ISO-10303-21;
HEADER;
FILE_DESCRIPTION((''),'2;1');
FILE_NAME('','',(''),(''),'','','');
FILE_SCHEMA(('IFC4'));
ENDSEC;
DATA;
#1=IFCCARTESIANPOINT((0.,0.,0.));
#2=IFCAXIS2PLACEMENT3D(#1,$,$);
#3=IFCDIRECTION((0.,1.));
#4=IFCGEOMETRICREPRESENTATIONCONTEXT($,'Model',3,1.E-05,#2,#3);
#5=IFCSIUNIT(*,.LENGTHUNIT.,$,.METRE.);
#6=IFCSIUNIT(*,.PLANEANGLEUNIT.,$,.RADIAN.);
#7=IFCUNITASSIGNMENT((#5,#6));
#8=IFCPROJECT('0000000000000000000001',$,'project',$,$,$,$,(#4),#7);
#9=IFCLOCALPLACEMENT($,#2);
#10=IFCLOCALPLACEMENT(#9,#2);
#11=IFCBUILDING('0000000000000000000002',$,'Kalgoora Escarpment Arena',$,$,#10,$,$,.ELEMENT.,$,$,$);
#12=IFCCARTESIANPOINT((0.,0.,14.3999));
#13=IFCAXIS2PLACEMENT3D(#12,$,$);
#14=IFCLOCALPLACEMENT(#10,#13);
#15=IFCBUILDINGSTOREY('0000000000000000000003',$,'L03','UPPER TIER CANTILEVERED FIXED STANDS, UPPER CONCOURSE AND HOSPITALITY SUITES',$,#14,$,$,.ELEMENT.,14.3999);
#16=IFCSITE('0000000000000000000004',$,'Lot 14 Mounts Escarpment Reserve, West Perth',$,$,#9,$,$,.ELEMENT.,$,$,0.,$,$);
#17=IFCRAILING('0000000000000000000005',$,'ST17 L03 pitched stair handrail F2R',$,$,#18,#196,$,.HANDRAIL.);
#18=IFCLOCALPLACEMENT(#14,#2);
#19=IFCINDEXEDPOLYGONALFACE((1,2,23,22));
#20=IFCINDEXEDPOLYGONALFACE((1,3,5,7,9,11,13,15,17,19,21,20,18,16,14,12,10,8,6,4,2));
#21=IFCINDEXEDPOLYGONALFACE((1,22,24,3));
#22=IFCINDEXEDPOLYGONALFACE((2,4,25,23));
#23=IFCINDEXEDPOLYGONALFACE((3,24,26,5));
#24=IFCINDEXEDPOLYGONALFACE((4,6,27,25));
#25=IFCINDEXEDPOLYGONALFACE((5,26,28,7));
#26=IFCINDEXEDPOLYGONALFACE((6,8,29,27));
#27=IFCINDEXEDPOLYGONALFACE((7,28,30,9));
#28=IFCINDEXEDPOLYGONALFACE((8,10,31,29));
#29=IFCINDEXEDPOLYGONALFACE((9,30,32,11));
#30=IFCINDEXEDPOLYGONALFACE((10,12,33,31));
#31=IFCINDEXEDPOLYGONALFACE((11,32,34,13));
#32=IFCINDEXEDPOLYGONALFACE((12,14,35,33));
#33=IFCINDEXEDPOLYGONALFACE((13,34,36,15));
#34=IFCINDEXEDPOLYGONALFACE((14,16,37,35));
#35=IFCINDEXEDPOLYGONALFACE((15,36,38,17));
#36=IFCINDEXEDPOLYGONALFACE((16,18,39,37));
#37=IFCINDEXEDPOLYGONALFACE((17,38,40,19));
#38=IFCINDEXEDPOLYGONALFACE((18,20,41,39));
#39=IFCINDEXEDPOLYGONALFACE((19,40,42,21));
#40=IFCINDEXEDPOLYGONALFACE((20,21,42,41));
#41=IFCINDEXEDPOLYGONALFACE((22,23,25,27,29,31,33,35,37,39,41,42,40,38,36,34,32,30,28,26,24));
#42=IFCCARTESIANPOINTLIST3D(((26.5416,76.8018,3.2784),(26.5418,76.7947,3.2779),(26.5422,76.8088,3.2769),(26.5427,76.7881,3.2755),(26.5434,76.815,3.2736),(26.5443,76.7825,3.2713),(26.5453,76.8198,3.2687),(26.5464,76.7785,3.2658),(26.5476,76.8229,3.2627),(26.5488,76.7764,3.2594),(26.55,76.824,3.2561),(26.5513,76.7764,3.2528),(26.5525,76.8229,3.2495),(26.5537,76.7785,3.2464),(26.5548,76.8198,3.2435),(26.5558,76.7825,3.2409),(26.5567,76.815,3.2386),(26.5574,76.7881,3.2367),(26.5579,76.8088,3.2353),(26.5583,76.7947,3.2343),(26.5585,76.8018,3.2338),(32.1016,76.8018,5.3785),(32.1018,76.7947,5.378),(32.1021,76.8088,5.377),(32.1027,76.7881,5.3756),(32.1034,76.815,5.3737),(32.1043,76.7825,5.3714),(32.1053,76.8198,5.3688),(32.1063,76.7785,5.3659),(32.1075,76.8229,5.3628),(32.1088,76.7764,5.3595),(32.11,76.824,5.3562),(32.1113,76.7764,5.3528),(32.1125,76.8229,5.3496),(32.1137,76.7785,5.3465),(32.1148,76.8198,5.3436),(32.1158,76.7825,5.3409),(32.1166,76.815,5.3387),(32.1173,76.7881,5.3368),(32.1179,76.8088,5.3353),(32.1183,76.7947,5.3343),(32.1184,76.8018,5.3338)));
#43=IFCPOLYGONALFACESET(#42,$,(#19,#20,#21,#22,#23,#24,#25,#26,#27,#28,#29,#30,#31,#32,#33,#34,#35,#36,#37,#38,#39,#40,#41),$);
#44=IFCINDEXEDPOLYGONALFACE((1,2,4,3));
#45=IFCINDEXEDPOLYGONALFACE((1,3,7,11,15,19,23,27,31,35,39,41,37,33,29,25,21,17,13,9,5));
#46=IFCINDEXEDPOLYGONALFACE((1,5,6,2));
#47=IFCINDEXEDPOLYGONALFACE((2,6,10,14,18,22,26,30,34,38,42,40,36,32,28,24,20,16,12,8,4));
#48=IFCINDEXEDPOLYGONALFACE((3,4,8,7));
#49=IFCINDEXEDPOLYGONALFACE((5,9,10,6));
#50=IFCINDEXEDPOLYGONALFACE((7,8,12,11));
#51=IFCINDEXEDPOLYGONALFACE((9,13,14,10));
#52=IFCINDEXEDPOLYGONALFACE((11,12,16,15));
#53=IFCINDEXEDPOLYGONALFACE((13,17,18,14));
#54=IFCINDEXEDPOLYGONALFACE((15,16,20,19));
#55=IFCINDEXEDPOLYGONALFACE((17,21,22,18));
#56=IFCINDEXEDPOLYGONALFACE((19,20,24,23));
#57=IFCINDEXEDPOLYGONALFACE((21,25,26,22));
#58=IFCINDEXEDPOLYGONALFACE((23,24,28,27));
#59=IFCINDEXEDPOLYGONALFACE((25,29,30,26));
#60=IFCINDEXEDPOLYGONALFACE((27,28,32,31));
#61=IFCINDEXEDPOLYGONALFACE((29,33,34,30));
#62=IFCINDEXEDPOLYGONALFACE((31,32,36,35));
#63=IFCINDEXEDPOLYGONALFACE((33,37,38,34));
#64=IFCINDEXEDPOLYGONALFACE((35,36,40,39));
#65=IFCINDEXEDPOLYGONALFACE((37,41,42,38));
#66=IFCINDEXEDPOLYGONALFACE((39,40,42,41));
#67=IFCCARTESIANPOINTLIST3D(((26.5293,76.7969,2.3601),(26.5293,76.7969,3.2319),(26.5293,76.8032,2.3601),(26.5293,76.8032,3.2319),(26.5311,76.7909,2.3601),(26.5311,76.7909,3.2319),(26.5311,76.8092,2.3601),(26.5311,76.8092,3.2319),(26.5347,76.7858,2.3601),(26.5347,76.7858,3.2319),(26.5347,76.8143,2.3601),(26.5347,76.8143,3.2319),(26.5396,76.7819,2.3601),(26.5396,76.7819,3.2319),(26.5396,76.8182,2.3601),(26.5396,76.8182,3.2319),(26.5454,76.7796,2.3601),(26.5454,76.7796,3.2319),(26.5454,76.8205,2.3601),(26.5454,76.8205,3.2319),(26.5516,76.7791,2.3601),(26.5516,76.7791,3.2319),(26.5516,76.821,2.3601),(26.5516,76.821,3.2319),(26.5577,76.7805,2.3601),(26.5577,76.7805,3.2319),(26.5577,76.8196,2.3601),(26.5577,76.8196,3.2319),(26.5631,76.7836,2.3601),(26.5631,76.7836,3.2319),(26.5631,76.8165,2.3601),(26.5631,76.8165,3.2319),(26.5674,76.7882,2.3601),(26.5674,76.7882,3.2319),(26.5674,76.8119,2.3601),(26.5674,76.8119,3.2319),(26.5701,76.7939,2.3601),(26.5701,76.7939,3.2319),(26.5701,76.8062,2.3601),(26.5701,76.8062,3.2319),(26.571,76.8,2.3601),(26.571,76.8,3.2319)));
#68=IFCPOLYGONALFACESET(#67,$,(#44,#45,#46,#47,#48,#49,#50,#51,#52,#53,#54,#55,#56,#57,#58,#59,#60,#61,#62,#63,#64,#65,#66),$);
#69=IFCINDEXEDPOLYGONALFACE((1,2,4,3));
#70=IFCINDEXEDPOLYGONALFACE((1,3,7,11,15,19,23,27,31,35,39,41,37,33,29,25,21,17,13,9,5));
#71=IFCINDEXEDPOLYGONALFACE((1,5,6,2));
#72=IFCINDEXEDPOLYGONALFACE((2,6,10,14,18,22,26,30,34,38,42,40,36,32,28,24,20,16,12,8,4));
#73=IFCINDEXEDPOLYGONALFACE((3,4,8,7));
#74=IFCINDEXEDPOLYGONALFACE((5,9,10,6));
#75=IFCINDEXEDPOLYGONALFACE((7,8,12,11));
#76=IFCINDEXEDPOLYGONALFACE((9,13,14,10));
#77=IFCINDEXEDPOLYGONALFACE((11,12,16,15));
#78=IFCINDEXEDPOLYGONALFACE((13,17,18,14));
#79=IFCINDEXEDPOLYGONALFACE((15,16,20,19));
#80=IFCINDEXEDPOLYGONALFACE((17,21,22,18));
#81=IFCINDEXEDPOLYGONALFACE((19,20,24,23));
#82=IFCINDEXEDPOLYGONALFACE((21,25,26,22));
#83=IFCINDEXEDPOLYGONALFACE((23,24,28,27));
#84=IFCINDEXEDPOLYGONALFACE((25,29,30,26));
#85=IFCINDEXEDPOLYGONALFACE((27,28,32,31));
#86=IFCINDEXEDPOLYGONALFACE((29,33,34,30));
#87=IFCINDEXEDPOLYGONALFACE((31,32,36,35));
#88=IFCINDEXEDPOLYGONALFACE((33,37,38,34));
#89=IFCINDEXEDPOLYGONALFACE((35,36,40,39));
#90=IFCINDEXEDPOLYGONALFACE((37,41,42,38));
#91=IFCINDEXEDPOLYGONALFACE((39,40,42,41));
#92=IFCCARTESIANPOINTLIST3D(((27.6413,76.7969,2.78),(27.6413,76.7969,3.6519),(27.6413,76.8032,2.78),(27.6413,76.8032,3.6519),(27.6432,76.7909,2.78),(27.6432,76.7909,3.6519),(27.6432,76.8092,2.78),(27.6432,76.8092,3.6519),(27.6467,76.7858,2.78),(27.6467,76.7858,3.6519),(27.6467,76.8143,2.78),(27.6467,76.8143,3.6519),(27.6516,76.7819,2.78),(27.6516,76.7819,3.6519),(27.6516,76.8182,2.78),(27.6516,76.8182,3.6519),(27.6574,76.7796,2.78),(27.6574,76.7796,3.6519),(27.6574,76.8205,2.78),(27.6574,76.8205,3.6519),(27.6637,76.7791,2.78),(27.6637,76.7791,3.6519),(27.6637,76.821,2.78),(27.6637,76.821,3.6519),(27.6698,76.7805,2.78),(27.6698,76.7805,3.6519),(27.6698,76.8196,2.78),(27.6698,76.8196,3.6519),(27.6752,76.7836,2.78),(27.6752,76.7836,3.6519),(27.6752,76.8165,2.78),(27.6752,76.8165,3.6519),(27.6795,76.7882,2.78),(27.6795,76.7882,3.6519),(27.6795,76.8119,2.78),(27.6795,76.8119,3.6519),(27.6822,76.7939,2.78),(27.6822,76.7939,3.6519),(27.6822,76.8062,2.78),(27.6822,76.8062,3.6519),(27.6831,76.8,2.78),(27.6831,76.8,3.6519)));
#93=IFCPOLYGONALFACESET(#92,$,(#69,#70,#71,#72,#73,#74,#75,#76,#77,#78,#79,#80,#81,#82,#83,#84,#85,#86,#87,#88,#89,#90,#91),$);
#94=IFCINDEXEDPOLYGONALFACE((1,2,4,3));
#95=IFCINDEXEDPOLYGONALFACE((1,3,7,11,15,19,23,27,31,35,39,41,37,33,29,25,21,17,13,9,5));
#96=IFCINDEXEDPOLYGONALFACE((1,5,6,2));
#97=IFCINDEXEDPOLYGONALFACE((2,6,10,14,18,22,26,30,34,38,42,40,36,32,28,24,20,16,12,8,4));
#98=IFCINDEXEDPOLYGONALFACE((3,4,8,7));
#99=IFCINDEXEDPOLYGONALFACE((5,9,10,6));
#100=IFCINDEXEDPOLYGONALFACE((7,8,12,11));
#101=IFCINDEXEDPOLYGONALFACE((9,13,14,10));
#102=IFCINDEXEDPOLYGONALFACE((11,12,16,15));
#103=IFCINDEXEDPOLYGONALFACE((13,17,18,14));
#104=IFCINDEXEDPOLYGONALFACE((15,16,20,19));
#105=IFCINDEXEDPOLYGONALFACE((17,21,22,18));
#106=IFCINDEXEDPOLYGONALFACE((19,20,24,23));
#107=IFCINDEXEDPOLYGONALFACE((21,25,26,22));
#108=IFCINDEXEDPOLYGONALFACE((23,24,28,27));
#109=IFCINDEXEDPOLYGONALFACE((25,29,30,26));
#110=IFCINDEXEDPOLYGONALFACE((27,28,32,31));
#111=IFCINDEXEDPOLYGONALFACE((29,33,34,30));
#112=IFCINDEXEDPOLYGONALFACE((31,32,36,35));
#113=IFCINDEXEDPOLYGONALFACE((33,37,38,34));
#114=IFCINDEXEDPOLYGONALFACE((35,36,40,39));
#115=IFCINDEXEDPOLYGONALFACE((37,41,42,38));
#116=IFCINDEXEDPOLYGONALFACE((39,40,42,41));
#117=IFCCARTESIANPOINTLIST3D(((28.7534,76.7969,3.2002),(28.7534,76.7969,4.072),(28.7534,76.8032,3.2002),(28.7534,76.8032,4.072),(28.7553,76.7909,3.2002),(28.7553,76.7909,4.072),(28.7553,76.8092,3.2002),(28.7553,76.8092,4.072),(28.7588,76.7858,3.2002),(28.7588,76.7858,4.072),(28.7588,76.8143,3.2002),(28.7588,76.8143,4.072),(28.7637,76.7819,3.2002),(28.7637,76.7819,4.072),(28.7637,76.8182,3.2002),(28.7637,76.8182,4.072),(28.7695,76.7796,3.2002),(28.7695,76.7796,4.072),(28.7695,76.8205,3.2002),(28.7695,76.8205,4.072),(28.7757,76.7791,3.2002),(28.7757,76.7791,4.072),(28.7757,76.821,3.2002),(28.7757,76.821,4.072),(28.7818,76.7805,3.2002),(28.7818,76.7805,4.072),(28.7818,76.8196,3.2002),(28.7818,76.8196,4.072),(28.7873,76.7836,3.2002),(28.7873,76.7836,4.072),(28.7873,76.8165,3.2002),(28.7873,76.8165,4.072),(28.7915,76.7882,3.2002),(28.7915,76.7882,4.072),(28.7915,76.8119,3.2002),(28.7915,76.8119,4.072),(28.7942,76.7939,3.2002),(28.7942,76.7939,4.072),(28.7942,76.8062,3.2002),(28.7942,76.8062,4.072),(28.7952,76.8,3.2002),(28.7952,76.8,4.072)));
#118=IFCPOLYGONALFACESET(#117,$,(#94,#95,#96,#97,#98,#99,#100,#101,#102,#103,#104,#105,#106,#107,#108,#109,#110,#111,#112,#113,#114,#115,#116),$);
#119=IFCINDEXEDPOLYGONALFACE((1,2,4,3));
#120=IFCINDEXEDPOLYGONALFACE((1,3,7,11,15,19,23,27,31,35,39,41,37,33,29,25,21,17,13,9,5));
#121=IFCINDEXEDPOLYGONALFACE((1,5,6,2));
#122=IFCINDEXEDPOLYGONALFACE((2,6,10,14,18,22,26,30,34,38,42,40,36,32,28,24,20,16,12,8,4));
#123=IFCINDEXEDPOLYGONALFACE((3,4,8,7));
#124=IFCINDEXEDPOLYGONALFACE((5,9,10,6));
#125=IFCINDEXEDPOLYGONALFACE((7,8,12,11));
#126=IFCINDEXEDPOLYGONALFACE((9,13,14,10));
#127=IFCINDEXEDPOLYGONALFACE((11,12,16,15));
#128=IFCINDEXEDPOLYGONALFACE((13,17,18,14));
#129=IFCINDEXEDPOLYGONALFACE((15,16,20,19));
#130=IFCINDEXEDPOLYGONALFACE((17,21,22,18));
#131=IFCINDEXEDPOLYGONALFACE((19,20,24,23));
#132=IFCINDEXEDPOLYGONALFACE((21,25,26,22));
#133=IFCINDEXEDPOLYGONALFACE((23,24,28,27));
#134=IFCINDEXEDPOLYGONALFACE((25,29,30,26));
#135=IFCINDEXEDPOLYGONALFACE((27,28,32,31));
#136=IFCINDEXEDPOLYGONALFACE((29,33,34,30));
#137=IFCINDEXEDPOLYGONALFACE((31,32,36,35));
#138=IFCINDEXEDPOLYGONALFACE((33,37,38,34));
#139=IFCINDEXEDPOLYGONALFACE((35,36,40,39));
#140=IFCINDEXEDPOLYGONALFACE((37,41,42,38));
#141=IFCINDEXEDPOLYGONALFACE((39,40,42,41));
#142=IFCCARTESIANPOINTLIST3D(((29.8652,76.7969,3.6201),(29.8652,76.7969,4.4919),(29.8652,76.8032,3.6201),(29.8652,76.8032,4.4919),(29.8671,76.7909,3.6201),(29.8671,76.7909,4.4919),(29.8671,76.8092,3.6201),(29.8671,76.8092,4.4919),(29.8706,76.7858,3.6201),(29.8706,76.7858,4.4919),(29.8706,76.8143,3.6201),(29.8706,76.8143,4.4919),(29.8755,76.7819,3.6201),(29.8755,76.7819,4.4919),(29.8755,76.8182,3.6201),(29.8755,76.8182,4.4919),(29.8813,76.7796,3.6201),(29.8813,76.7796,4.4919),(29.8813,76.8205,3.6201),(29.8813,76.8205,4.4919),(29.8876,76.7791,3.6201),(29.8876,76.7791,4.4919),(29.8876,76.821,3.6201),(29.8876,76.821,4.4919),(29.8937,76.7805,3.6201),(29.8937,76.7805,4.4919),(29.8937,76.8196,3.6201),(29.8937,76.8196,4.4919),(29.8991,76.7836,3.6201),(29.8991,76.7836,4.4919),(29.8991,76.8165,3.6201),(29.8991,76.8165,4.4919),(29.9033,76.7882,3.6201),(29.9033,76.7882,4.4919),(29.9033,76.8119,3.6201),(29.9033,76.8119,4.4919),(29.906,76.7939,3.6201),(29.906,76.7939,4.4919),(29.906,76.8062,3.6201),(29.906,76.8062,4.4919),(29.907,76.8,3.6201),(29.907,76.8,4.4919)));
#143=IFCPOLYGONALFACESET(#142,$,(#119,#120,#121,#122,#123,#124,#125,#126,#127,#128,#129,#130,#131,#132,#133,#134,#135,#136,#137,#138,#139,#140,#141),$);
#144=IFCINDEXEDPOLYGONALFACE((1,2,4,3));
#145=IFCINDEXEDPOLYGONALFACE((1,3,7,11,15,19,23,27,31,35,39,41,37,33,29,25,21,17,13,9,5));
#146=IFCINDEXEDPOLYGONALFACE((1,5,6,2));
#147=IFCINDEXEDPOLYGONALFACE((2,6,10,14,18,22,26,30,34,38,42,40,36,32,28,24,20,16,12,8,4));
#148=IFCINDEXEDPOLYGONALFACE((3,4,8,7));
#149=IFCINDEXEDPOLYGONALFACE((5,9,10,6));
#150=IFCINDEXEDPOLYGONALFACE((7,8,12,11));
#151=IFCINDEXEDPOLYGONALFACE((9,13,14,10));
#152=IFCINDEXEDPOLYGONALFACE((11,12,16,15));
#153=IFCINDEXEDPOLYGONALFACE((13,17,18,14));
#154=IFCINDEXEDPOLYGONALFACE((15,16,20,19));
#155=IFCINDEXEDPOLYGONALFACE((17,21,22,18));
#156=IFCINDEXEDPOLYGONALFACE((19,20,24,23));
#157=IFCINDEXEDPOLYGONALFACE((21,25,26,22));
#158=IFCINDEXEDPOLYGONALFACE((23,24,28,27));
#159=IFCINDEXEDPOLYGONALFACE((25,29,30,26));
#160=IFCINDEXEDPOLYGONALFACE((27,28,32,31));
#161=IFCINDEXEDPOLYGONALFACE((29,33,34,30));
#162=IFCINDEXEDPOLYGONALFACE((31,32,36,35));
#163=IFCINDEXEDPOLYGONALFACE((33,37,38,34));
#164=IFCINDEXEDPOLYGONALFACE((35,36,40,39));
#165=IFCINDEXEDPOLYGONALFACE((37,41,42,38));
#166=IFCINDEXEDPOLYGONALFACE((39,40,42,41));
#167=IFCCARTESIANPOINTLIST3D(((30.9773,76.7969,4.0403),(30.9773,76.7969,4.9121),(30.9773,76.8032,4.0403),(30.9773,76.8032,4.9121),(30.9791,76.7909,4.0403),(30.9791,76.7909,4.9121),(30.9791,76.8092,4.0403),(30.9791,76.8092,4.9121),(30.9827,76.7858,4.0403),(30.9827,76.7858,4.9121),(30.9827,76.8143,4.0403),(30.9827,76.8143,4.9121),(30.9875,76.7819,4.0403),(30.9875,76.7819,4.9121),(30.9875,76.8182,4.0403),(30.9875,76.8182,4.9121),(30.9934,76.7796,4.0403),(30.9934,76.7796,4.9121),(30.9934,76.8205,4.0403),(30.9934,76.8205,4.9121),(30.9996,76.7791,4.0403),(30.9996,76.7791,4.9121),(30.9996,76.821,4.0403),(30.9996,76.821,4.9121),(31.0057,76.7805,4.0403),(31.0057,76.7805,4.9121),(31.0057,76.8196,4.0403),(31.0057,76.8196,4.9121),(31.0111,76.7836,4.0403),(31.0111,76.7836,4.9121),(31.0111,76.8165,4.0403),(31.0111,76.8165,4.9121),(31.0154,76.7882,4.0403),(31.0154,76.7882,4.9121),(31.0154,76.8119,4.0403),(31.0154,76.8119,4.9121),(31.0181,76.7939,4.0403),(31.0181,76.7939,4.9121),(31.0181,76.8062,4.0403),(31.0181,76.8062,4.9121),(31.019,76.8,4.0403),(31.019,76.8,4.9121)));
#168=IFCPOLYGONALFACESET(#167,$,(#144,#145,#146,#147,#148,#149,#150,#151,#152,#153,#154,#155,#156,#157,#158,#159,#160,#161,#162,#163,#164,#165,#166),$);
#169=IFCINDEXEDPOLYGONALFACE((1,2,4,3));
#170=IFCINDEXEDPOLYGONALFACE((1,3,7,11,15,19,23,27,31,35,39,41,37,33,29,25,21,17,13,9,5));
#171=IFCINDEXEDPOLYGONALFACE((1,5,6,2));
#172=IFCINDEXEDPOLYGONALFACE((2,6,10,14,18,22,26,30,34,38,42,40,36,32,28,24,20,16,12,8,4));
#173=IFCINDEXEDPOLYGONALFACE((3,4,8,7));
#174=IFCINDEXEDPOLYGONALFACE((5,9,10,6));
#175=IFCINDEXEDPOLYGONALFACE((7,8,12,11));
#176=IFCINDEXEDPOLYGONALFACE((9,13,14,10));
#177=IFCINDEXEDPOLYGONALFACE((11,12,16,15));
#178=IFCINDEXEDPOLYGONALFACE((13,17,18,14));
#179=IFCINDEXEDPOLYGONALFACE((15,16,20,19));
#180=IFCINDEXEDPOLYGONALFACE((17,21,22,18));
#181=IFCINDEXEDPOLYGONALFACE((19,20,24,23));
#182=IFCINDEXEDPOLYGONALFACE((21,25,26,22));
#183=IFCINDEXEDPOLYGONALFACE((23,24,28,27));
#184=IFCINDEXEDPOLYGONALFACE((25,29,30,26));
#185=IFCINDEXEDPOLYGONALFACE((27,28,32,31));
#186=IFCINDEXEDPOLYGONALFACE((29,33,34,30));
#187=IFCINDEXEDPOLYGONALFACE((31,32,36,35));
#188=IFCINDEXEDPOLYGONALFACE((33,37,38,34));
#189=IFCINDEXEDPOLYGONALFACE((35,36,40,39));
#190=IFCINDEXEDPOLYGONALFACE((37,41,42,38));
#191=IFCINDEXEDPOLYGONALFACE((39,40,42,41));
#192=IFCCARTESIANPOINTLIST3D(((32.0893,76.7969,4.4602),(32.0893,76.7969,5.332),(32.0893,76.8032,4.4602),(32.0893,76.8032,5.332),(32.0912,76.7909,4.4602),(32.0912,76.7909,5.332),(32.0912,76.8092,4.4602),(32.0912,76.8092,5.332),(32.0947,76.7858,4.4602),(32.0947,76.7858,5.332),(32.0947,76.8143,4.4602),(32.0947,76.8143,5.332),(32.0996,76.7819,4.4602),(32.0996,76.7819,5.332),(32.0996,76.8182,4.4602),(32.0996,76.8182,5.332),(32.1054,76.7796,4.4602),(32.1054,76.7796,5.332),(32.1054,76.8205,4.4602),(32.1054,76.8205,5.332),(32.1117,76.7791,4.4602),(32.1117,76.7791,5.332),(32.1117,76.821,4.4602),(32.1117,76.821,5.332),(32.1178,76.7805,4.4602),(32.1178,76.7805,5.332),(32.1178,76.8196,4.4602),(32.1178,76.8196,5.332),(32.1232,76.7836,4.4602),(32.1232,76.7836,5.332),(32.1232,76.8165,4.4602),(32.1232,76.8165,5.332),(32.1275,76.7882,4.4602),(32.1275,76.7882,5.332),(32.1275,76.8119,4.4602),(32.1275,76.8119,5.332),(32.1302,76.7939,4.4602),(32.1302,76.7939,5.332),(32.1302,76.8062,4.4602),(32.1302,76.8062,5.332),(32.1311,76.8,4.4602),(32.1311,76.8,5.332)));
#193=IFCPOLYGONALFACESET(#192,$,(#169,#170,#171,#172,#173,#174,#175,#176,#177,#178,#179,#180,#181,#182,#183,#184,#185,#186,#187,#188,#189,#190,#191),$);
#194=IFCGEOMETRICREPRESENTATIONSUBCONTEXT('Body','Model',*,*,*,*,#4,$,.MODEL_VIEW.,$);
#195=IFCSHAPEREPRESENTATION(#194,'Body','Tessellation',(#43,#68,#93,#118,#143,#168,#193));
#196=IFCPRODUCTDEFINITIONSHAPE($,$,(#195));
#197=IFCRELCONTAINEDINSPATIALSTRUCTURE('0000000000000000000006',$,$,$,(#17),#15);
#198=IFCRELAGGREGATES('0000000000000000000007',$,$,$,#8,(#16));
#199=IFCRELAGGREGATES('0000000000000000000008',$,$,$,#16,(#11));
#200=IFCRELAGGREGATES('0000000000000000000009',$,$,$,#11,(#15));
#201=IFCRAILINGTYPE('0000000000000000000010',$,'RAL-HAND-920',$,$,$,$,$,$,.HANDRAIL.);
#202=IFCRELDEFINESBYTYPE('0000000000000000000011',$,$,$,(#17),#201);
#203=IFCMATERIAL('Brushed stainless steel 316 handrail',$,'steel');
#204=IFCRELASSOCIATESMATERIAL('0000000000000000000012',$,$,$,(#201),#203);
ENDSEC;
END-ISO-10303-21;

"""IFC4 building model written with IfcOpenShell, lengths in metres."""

from ifc_helpers import new_model, si_unit, direction, frame, origin, origin_2d, place, context, subcontext, project, spatial, circle, extrude, material, type_object, element, save


model = new_model("IFC4")

# Units and contexts
model_context = context("Model", 3, precision=1e-05, world=origin(), true_north=direction((0.0, 1.0)))
body_context = subcontext(model_context, "Body", "Model", "MODEL_VIEW")
ifc_project = project(units=[si_unit("LENGTHUNIT", "METRE"), si_unit("PLANEANGLEUNIT", "RADIAN")], contexts=[model_context])

# Site, building, storey
site_placement = place(None, origin())
site = spatial("IfcSite", under=ifc_project, at=site_placement, Name="Lot 14 Mounts Escarpment Reserve, West Perth", CompositionType="ELEMENT", RefElevation=0.0)
building_placement = place(site_placement, origin())
building = spatial("IfcBuilding", under=site, at=building_placement, Name="Kalgoora Escarpment Arena", CompositionType="ELEMENT")
storey_placement = place(building_placement, frame((0.0, 0.0, 14.3999)))
storey = spatial("IfcBuildingStorey", under=building, at=storey_placement, Name="L03", Description="UPPER TIER CANTILEVERED FIXED STANDS, UPPER CONCOURSE AND HOSPITALITY SUITES", CompositionType="ELEMENT", Elevation=14.3999)

# Railing
ifc_material_1 = material(Name="Brushed stainless steel 316 handrail", Category="steel")
railing_type_1 = type_object("IfcRailingType", Name="RAL-HAND-920", PredefinedType="HANDRAIL", material=ifc_material_1)
for number, where, name in (
    (1, (26.55, 76.8, 2.3601), "ST17 L03 pitched stair handrail F2R"),
):
    element("IfcRailing", number, at=place(storey_placement, frame(where)), inside=storey, type_object=railing_type_1, Name=name, PredefinedType="HANDRAIL", context=body_context, shape_type="SweptSolid", body=[
        extrude(circle(Radius=0.0239, at=origin_2d()), frame((0.0, 0.0, 0.896), z_axis=(0.935493, 0.0, 0.353346), x_axis=(0.0, 1.0, 0.0)), (0.0, 0.0, 1.0), 5.9434),
        extrude(circle(Radius=0.021, at=origin_2d()), origin(), (0.0, 0.0, 1.0), 0.8718),
        extrude(circle(Radius=0.021, at=origin_2d()), frame((1.1121, 0.0, 0.4199)), (0.0, 0.0, 1.0), 0.8718),
        extrude(circle(Radius=0.021, at=origin_2d()), frame((2.2241, 0.0, 0.8401)), (0.0, 0.0, 1.0), 0.8718),
        extrude(circle(Radius=0.021, at=origin_2d()), frame((3.3359, 0.0, 1.26)), (0.0, 0.0, 1.0), 0.8718),
        extrude(circle(Radius=0.021, at=origin_2d()), frame((4.448, 0.0, 1.6802)), (0.0, 0.0, 1.0), 0.8718),
        extrude(circle(Radius=0.021, at=origin_2d()), frame((5.5601, 0.0, 2.1001)), (0.0, 0.0, 1.0), 0.8718),
    ])

save(model, "model.ifc")
